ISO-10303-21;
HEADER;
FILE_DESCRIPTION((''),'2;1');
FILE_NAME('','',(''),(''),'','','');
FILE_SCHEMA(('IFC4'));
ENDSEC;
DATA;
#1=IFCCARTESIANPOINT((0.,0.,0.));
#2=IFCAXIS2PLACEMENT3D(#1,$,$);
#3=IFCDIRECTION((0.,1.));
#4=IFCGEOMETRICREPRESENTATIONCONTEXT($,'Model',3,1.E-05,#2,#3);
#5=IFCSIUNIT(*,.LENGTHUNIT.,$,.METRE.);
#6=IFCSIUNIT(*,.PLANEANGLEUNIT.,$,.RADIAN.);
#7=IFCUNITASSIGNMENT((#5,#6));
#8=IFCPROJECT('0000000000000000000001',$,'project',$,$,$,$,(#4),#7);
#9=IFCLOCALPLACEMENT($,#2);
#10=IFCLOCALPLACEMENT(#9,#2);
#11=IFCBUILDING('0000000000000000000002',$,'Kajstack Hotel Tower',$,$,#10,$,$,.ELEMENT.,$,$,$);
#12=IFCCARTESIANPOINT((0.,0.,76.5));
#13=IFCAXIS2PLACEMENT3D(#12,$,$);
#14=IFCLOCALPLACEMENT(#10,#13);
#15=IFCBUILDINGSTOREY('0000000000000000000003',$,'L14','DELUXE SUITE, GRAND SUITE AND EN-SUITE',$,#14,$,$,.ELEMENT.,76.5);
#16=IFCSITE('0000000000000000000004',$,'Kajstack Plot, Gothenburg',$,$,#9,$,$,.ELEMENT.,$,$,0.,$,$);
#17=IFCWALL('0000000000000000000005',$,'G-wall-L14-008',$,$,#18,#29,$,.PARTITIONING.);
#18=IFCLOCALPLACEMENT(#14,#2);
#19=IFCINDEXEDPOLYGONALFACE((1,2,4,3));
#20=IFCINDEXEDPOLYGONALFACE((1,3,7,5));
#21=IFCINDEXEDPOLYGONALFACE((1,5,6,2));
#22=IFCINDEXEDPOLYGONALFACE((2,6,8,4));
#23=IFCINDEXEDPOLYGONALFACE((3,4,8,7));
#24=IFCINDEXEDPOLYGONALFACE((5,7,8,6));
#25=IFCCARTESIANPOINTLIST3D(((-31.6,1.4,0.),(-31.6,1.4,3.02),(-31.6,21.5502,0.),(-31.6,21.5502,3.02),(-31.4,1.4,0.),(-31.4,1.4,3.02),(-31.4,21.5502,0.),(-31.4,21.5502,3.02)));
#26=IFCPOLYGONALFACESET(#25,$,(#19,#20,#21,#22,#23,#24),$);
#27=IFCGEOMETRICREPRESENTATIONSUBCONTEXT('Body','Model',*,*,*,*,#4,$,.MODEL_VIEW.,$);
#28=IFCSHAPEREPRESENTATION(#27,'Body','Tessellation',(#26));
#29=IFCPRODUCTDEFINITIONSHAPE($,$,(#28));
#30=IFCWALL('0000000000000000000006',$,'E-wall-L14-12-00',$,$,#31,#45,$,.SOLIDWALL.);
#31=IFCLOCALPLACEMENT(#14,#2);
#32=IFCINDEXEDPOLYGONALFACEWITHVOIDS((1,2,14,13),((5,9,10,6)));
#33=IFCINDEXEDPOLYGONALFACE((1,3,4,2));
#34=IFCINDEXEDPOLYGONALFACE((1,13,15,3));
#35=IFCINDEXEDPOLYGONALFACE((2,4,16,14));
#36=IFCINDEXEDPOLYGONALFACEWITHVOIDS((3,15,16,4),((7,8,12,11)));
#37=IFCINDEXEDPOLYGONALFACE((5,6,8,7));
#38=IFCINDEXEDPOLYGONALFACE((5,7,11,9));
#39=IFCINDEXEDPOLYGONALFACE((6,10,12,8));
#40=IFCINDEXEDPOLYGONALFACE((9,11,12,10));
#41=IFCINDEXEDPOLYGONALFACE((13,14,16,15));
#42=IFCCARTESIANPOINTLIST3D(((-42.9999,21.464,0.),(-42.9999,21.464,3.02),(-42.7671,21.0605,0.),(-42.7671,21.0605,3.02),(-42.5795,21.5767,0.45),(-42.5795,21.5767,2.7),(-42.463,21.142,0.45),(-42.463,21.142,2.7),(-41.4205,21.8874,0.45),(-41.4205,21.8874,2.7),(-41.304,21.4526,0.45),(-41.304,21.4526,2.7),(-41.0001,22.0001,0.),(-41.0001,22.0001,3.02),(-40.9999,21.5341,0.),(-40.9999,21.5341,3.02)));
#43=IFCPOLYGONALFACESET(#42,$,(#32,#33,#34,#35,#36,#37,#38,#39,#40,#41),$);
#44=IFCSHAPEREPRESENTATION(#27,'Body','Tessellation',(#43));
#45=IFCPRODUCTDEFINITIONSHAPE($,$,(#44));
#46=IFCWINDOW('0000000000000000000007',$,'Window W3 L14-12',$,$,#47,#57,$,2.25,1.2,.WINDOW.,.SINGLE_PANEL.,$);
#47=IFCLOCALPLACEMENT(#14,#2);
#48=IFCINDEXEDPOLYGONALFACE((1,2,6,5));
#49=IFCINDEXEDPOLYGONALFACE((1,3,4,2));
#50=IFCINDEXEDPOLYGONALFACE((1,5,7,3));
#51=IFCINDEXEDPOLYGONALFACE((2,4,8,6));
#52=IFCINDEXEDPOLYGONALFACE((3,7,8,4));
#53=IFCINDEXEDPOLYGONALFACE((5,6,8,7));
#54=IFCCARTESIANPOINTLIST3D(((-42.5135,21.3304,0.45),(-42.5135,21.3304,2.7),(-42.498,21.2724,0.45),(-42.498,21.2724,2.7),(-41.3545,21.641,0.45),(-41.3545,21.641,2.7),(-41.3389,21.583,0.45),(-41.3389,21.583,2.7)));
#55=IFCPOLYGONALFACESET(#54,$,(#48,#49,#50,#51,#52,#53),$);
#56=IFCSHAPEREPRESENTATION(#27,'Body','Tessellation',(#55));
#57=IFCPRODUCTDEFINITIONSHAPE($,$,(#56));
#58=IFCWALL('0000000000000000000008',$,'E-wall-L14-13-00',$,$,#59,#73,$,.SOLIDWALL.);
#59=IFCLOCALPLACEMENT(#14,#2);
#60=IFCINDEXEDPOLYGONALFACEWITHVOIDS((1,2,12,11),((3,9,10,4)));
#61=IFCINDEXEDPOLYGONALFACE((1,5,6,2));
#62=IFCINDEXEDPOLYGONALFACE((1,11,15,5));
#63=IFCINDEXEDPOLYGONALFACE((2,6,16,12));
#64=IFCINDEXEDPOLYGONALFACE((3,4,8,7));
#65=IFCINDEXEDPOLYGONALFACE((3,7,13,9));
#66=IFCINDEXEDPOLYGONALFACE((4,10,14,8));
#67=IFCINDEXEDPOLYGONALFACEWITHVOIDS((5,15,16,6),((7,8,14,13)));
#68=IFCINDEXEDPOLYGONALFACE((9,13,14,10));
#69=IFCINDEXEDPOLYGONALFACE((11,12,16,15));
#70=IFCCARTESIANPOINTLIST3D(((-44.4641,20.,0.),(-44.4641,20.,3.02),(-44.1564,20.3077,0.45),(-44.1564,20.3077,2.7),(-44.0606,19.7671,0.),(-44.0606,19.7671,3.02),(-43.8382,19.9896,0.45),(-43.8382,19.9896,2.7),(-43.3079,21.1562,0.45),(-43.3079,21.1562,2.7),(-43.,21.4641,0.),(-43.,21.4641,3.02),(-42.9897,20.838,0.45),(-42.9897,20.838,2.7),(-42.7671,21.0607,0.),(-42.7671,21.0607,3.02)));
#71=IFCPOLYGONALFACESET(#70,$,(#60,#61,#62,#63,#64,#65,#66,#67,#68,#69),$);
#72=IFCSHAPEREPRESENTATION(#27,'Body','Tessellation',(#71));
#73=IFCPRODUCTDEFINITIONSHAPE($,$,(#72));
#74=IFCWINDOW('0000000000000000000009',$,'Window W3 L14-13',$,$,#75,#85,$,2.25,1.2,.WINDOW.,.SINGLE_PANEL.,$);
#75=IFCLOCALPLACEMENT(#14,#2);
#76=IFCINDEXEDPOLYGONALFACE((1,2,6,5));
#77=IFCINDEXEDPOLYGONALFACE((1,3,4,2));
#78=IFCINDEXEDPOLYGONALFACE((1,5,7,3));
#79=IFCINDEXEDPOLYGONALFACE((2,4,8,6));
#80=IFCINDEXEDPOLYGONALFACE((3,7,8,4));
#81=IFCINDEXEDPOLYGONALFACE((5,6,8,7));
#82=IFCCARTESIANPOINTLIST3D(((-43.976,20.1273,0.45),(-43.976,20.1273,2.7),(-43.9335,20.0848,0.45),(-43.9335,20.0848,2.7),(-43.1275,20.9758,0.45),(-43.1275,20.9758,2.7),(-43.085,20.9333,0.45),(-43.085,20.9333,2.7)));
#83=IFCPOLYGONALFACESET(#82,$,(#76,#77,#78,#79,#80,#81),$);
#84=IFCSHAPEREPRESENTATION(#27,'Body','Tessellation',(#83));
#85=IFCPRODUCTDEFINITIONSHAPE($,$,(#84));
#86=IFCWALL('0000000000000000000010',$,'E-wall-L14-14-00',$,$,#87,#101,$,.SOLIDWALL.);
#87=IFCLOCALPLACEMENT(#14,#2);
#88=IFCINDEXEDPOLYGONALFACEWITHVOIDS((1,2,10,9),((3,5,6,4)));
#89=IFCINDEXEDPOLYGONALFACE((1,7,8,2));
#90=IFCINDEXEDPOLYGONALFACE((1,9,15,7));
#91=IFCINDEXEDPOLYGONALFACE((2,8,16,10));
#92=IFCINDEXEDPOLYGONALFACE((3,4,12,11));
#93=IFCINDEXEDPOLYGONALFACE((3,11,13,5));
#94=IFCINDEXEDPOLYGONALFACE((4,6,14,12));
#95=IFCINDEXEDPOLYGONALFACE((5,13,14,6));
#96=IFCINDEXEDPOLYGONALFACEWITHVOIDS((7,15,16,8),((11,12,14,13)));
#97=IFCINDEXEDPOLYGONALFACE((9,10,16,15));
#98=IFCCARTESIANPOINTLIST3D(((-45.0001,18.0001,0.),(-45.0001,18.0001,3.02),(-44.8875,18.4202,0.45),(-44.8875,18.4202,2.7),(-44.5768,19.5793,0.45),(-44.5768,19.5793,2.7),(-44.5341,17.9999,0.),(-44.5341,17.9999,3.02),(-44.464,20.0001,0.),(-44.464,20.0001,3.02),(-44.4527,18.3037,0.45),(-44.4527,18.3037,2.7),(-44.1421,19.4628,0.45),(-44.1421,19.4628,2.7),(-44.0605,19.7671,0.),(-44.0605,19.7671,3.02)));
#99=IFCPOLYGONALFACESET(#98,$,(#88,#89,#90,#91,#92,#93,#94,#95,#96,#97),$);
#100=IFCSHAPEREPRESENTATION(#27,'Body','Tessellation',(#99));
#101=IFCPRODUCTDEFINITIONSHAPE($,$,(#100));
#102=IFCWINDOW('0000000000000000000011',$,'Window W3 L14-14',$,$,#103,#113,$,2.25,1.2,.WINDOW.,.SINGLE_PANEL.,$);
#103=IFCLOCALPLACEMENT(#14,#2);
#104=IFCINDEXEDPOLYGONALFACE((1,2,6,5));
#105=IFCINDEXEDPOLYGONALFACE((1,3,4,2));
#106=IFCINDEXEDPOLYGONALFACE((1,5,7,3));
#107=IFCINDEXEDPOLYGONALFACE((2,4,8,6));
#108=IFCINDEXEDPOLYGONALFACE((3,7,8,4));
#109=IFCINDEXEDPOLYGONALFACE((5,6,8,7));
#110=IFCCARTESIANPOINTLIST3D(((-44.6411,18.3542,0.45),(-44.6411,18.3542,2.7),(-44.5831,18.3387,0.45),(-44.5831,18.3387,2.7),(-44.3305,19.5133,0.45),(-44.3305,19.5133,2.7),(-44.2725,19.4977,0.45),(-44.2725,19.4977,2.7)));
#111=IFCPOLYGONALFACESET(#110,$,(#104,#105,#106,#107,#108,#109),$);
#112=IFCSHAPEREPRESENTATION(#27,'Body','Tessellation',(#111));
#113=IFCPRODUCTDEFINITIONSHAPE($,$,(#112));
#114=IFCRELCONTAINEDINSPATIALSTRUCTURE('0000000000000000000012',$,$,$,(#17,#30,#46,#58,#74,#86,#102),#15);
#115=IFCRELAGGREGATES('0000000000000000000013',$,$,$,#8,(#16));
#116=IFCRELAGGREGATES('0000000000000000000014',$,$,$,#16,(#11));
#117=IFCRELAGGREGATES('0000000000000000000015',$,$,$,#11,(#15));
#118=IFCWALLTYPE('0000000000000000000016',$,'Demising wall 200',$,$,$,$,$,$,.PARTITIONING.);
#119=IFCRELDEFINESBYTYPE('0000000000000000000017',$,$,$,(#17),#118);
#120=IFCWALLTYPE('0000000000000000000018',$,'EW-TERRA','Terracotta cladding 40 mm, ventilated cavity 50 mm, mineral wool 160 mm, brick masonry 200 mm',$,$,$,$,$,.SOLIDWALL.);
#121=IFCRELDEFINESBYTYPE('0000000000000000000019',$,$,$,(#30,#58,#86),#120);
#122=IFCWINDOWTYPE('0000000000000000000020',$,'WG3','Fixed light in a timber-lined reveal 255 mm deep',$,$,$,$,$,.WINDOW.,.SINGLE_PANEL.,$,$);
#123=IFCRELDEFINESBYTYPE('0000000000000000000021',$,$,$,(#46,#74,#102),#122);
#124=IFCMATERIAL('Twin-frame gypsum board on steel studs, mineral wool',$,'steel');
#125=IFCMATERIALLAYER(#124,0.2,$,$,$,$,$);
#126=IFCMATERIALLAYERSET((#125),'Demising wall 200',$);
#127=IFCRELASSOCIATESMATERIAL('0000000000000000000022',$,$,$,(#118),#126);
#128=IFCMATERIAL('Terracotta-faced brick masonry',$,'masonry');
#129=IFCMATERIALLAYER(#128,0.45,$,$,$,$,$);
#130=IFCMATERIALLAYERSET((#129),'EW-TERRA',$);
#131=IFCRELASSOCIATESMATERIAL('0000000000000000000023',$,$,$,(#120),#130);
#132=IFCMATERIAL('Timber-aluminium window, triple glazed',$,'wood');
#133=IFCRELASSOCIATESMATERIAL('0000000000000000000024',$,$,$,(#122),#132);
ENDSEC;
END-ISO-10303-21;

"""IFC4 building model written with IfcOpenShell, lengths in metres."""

from ifc_helpers import new_model, si_unit, direction, frame, frame_2d, origin, place, context, subcontext, project, spatial, polyline, rectangle, outline, extrude, material, layer, layer_set, type_object, element, fill, save


model = new_model("IFC4")

# Units and contexts
model_context = context("Model", 3, precision=1e-05, world=origin(), true_north=direction((0.0, 1.0)))
body_context = subcontext(model_context, "Body", "Model", "MODEL_VIEW")
ifc_project = project(units=[si_unit("LENGTHUNIT", "METRE"), si_unit("PLANEANGLEUNIT", "RADIAN")], contexts=[model_context])

# Site, building, storey
site_placement = place(None, origin())
site = spatial("IfcSite", under=ifc_project, at=site_placement, Name="Kajstack Plot, Gothenburg", CompositionType="ELEMENT", RefElevation=0.0)
building_placement = place(site_placement, origin())
building = spatial("IfcBuilding", under=site, at=building_placement, Name="Kajstack Hotel Tower", CompositionType="ELEMENT")
storey_placement = place(building_placement, frame((0.0, 0.0, 76.5)))
storey = spatial("IfcBuildingStorey", under=building, at=storey_placement, Name="L14", Description="DELUXE SUITE, GRAND SUITE AND EN-SUITE", CompositionType="ELEMENT", Elevation=76.5)

# Wall
ifc_material_1 = material(Name="Twin-frame gypsum board on steel studs, mineral wool", Category="steel")
ifc_layer_1 = layer(ifc_material_1, 0.2)
ifc_layer_set_1 = layer_set([ifc_layer_1], Name="Demising wall 200")
wall_type_1 = type_object("IfcWallType", Name="Demising wall 200", PredefinedType="PARTITIONING", material=ifc_layer_set_1)
wall_1_placement = place(storey_placement, frame((-31.5, 1.3999, 0.0), z_axis=(0.0, 0.0, 1.0), x_axis=(0.0, 1.0, 0.0)))
element("IfcWall", 1, at=wall_1_placement, inside=storey, type_object=wall_type_1, Name="G-wall-L14-008", PredefinedType="PARTITIONING", context=body_context, shape_type="SweptSolid", body=[
    extrude(rectangle(XDim=20.1501, YDim=0.2, at=frame_2d((10.0752, 0.0))), origin(), (0.0, 0.0, 1.0), 3.02),
])

# Walls, openings, windows
ifc_material_2 = material(Name="Terracotta-faced brick masonry", Category="masonry")
ifc_layer_2 = layer(ifc_material_2, 0.45)
ifc_layer_set_2 = layer_set([ifc_layer_2], Name="EW-TERRA")
wall_type_2 = type_object("IfcWallType", Name="EW-TERRA", Description="Terracotta cladding 40 mm, ventilated cavity 50 mm, mineral wool 160 mm, brick masonry 200 mm", PredefinedType="SOLIDWALL", material=ifc_layer_set_2)
wall_2_placement = place(storey_placement, frame((-40.9417, 21.7827, 0.0), z_axis=(0.0, 0.0, 1.0), x_axis=(-0.965927, -0.258815, 0.0)))
wall_2 = element("IfcWall", 2, at=wall_2_placement, inside=storey, type_object=wall_type_2, Name="E-wall-L14-12-00", PredefinedType="SOLIDWALL", context=body_context, shape_type="SweptSolid", body=[
    extrude(outline(polyline([(0.0002, -0.2251), (2.0706, -0.2249), (1.9502, 0.2251), (0.1206, 0.2251), (0.0002, -0.2251)])), origin(), (0.0, 0.0, 1.0), 3.02),
])
opening_1_placement = place(wall_2_placement, frame((0.4353, 0.0, 0.45)))
opening_1 = element("IfcOpeningElement", 3, at=opening_1_placement, cuts=wall_2, PredefinedType="OPENING", context=body_context, shape_type="SweptSolid", body=[
    extrude(rectangle(XDim=1.2, YDim=2.25, at=frame_2d((0.6001, 1.125))), frame((0.0, 0.2349, 0.0), z_axis=(0.0, -1.0, 0.0), x_axis=(1.0, 0.0, 0.0)), (0.0, 0.0, 1.0), 0.47),
])
ifc_material_3 = material(Name="Timber-aluminium window, triple glazed", Category="wood")
window_type_1 = type_object("IfcWindowType", Name="WG3", Description="Fixed light in a timber-lined reveal 255 mm deep", PartitioningType="SINGLE_PANEL", PredefinedType="WINDOW", material=ifc_material_3)
window_1_placement = place(opening_1_placement, origin())
window_1 = element("IfcWindow", 4, at=window_1_placement, inside=storey, type_object=window_type_1, Name="Window W3 L14-12", OverallHeight=2.25, OverallWidth=1.2, PartitioningType="SINGLE_PANEL", PredefinedType="WINDOW", context=body_context, shape_type="SweptSolid", body=[
    extrude(rectangle(XDim=1.2, YDim=2.25, at=frame_2d((0.6001, 1.125))), frame((0.0, 0.0901, 0.0), z_axis=(0.0, -1.0, 0.0), x_axis=(1.0, 0.0, 0.0)), (0.0, 0.0, 1.0), 0.0601),
])
fill(opening_1, window_1)
wall_3_placement = place(storey_placement, frame((-42.8408, 21.3049, 0.0), z_axis=(0.0, 0.0, 1.0), x_axis=(-0.707107, -0.707107, 0.0)))
wall_3 = element("IfcWall", 5, at=wall_3_placement, inside=storey, type_object=wall_type_2, Name="E-wall-L14-13-00", PredefinedType="SOLIDWALL", context=body_context, shape_type="SweptSolid", body=[
    extrude(outline(polyline([(0.0, -0.2251), (2.0706, -0.2251), (1.95, 0.2249), (0.1206, 0.2249), (0.0, -0.2251)])), origin(), (0.0, 0.0, 1.0), 3.02),
])
opening_2_placement = place(wall_3_placement, frame((0.4353, 0.0, 0.45)))
opening_2 = element("IfcOpeningElement", 6, at=opening_2_placement, cuts=wall_3, PredefinedType="OPENING", context=body_context, shape_type="SweptSolid", body=[
    extrude(rectangle(XDim=1.2, YDim=2.25, at=frame_2d((0.6001, 1.125))), frame((0.0, 0.2349, 0.0), z_axis=(0.0, -1.0, 0.0), x_axis=(1.0, 0.0, 0.0)), (0.0, 0.0, 1.0), 0.47),
])
window_2_placement = place(opening_2_placement, origin())
window_2 = element("IfcWindow", 7, at=window_2_placement, inside=storey, type_object=window_type_1, Name="Window W3 L14-13", OverallHeight=2.25, OverallWidth=1.2, PartitioningType="SINGLE_PANEL", PredefinedType="WINDOW", context=body_context, shape_type="SweptSolid", body=[
    extrude(rectangle(XDim=1.2, YDim=2.25, at=frame_2d((0.6001, 1.125))), frame((0.0, 0.0901, 0.0), z_axis=(0.0, -1.0, 0.0), x_axis=(1.0, 0.0, 0.0)), (0.0, 0.0, 1.0), 0.0601),
])
fill(opening_2, window_2)
wall_4_placement = place(storey_placement, frame((-44.2468, 19.9417, 0.0), z_axis=(0.0, 0.0, 1.0), x_axis=(-0.258815, -0.965927, 0.0)))
wall_4 = element("IfcWall", 8, at=wall_4_placement, inside=storey, type_object=wall_type_2, Name="E-wall-L14-14-00", PredefinedType="SOLIDWALL", context=body_context, shape_type="SweptSolid", body=[
    extrude(outline(polyline([(-0.0002, -0.2249), (2.0703, -0.2251), (1.95, 0.2251), (0.1204, 0.2251), (-0.0002, -0.2249)])), origin(), (0.0, 0.0, 1.0), 3.02),
])
opening_3_placement = place(wall_4_placement, frame((0.4353, 0.0, 0.45)))
opening_3 = element("IfcOpeningElement", 9, at=opening_3_placement, cuts=wall_4, PredefinedType="OPENING", context=body_context, shape_type="SweptSolid", body=[
    extrude(rectangle(XDim=1.2, YDim=2.25, at=frame_2d((0.6001, 1.125))), frame((0.0, 0.2349, 0.0), z_axis=(0.0, -1.0, 0.0), x_axis=(1.0, 0.0, 0.0)), (0.0, 0.0, 1.0), 0.47),
])
window_3_placement = place(opening_3_placement, origin())
window_3 = element("IfcWindow", 10, at=window_3_placement, inside=storey, type_object=window_type_1, Name="Window W3 L14-14", OverallHeight=2.25, OverallWidth=1.2, PartitioningType="SINGLE_PANEL", PredefinedType="WINDOW", context=body_context, shape_type="SweptSolid", body=[
    extrude(rectangle(XDim=1.2, YDim=2.25, at=frame_2d((0.6001, 1.125))), frame((0.0, 0.0901, 0.0), z_axis=(0.0, -1.0, 0.0), x_axis=(1.0, 0.0, 0.0)), (0.0, 0.0, 1.0), 0.0601),
])
fill(opening_3, window_3)

save(model, "model.ifc")
